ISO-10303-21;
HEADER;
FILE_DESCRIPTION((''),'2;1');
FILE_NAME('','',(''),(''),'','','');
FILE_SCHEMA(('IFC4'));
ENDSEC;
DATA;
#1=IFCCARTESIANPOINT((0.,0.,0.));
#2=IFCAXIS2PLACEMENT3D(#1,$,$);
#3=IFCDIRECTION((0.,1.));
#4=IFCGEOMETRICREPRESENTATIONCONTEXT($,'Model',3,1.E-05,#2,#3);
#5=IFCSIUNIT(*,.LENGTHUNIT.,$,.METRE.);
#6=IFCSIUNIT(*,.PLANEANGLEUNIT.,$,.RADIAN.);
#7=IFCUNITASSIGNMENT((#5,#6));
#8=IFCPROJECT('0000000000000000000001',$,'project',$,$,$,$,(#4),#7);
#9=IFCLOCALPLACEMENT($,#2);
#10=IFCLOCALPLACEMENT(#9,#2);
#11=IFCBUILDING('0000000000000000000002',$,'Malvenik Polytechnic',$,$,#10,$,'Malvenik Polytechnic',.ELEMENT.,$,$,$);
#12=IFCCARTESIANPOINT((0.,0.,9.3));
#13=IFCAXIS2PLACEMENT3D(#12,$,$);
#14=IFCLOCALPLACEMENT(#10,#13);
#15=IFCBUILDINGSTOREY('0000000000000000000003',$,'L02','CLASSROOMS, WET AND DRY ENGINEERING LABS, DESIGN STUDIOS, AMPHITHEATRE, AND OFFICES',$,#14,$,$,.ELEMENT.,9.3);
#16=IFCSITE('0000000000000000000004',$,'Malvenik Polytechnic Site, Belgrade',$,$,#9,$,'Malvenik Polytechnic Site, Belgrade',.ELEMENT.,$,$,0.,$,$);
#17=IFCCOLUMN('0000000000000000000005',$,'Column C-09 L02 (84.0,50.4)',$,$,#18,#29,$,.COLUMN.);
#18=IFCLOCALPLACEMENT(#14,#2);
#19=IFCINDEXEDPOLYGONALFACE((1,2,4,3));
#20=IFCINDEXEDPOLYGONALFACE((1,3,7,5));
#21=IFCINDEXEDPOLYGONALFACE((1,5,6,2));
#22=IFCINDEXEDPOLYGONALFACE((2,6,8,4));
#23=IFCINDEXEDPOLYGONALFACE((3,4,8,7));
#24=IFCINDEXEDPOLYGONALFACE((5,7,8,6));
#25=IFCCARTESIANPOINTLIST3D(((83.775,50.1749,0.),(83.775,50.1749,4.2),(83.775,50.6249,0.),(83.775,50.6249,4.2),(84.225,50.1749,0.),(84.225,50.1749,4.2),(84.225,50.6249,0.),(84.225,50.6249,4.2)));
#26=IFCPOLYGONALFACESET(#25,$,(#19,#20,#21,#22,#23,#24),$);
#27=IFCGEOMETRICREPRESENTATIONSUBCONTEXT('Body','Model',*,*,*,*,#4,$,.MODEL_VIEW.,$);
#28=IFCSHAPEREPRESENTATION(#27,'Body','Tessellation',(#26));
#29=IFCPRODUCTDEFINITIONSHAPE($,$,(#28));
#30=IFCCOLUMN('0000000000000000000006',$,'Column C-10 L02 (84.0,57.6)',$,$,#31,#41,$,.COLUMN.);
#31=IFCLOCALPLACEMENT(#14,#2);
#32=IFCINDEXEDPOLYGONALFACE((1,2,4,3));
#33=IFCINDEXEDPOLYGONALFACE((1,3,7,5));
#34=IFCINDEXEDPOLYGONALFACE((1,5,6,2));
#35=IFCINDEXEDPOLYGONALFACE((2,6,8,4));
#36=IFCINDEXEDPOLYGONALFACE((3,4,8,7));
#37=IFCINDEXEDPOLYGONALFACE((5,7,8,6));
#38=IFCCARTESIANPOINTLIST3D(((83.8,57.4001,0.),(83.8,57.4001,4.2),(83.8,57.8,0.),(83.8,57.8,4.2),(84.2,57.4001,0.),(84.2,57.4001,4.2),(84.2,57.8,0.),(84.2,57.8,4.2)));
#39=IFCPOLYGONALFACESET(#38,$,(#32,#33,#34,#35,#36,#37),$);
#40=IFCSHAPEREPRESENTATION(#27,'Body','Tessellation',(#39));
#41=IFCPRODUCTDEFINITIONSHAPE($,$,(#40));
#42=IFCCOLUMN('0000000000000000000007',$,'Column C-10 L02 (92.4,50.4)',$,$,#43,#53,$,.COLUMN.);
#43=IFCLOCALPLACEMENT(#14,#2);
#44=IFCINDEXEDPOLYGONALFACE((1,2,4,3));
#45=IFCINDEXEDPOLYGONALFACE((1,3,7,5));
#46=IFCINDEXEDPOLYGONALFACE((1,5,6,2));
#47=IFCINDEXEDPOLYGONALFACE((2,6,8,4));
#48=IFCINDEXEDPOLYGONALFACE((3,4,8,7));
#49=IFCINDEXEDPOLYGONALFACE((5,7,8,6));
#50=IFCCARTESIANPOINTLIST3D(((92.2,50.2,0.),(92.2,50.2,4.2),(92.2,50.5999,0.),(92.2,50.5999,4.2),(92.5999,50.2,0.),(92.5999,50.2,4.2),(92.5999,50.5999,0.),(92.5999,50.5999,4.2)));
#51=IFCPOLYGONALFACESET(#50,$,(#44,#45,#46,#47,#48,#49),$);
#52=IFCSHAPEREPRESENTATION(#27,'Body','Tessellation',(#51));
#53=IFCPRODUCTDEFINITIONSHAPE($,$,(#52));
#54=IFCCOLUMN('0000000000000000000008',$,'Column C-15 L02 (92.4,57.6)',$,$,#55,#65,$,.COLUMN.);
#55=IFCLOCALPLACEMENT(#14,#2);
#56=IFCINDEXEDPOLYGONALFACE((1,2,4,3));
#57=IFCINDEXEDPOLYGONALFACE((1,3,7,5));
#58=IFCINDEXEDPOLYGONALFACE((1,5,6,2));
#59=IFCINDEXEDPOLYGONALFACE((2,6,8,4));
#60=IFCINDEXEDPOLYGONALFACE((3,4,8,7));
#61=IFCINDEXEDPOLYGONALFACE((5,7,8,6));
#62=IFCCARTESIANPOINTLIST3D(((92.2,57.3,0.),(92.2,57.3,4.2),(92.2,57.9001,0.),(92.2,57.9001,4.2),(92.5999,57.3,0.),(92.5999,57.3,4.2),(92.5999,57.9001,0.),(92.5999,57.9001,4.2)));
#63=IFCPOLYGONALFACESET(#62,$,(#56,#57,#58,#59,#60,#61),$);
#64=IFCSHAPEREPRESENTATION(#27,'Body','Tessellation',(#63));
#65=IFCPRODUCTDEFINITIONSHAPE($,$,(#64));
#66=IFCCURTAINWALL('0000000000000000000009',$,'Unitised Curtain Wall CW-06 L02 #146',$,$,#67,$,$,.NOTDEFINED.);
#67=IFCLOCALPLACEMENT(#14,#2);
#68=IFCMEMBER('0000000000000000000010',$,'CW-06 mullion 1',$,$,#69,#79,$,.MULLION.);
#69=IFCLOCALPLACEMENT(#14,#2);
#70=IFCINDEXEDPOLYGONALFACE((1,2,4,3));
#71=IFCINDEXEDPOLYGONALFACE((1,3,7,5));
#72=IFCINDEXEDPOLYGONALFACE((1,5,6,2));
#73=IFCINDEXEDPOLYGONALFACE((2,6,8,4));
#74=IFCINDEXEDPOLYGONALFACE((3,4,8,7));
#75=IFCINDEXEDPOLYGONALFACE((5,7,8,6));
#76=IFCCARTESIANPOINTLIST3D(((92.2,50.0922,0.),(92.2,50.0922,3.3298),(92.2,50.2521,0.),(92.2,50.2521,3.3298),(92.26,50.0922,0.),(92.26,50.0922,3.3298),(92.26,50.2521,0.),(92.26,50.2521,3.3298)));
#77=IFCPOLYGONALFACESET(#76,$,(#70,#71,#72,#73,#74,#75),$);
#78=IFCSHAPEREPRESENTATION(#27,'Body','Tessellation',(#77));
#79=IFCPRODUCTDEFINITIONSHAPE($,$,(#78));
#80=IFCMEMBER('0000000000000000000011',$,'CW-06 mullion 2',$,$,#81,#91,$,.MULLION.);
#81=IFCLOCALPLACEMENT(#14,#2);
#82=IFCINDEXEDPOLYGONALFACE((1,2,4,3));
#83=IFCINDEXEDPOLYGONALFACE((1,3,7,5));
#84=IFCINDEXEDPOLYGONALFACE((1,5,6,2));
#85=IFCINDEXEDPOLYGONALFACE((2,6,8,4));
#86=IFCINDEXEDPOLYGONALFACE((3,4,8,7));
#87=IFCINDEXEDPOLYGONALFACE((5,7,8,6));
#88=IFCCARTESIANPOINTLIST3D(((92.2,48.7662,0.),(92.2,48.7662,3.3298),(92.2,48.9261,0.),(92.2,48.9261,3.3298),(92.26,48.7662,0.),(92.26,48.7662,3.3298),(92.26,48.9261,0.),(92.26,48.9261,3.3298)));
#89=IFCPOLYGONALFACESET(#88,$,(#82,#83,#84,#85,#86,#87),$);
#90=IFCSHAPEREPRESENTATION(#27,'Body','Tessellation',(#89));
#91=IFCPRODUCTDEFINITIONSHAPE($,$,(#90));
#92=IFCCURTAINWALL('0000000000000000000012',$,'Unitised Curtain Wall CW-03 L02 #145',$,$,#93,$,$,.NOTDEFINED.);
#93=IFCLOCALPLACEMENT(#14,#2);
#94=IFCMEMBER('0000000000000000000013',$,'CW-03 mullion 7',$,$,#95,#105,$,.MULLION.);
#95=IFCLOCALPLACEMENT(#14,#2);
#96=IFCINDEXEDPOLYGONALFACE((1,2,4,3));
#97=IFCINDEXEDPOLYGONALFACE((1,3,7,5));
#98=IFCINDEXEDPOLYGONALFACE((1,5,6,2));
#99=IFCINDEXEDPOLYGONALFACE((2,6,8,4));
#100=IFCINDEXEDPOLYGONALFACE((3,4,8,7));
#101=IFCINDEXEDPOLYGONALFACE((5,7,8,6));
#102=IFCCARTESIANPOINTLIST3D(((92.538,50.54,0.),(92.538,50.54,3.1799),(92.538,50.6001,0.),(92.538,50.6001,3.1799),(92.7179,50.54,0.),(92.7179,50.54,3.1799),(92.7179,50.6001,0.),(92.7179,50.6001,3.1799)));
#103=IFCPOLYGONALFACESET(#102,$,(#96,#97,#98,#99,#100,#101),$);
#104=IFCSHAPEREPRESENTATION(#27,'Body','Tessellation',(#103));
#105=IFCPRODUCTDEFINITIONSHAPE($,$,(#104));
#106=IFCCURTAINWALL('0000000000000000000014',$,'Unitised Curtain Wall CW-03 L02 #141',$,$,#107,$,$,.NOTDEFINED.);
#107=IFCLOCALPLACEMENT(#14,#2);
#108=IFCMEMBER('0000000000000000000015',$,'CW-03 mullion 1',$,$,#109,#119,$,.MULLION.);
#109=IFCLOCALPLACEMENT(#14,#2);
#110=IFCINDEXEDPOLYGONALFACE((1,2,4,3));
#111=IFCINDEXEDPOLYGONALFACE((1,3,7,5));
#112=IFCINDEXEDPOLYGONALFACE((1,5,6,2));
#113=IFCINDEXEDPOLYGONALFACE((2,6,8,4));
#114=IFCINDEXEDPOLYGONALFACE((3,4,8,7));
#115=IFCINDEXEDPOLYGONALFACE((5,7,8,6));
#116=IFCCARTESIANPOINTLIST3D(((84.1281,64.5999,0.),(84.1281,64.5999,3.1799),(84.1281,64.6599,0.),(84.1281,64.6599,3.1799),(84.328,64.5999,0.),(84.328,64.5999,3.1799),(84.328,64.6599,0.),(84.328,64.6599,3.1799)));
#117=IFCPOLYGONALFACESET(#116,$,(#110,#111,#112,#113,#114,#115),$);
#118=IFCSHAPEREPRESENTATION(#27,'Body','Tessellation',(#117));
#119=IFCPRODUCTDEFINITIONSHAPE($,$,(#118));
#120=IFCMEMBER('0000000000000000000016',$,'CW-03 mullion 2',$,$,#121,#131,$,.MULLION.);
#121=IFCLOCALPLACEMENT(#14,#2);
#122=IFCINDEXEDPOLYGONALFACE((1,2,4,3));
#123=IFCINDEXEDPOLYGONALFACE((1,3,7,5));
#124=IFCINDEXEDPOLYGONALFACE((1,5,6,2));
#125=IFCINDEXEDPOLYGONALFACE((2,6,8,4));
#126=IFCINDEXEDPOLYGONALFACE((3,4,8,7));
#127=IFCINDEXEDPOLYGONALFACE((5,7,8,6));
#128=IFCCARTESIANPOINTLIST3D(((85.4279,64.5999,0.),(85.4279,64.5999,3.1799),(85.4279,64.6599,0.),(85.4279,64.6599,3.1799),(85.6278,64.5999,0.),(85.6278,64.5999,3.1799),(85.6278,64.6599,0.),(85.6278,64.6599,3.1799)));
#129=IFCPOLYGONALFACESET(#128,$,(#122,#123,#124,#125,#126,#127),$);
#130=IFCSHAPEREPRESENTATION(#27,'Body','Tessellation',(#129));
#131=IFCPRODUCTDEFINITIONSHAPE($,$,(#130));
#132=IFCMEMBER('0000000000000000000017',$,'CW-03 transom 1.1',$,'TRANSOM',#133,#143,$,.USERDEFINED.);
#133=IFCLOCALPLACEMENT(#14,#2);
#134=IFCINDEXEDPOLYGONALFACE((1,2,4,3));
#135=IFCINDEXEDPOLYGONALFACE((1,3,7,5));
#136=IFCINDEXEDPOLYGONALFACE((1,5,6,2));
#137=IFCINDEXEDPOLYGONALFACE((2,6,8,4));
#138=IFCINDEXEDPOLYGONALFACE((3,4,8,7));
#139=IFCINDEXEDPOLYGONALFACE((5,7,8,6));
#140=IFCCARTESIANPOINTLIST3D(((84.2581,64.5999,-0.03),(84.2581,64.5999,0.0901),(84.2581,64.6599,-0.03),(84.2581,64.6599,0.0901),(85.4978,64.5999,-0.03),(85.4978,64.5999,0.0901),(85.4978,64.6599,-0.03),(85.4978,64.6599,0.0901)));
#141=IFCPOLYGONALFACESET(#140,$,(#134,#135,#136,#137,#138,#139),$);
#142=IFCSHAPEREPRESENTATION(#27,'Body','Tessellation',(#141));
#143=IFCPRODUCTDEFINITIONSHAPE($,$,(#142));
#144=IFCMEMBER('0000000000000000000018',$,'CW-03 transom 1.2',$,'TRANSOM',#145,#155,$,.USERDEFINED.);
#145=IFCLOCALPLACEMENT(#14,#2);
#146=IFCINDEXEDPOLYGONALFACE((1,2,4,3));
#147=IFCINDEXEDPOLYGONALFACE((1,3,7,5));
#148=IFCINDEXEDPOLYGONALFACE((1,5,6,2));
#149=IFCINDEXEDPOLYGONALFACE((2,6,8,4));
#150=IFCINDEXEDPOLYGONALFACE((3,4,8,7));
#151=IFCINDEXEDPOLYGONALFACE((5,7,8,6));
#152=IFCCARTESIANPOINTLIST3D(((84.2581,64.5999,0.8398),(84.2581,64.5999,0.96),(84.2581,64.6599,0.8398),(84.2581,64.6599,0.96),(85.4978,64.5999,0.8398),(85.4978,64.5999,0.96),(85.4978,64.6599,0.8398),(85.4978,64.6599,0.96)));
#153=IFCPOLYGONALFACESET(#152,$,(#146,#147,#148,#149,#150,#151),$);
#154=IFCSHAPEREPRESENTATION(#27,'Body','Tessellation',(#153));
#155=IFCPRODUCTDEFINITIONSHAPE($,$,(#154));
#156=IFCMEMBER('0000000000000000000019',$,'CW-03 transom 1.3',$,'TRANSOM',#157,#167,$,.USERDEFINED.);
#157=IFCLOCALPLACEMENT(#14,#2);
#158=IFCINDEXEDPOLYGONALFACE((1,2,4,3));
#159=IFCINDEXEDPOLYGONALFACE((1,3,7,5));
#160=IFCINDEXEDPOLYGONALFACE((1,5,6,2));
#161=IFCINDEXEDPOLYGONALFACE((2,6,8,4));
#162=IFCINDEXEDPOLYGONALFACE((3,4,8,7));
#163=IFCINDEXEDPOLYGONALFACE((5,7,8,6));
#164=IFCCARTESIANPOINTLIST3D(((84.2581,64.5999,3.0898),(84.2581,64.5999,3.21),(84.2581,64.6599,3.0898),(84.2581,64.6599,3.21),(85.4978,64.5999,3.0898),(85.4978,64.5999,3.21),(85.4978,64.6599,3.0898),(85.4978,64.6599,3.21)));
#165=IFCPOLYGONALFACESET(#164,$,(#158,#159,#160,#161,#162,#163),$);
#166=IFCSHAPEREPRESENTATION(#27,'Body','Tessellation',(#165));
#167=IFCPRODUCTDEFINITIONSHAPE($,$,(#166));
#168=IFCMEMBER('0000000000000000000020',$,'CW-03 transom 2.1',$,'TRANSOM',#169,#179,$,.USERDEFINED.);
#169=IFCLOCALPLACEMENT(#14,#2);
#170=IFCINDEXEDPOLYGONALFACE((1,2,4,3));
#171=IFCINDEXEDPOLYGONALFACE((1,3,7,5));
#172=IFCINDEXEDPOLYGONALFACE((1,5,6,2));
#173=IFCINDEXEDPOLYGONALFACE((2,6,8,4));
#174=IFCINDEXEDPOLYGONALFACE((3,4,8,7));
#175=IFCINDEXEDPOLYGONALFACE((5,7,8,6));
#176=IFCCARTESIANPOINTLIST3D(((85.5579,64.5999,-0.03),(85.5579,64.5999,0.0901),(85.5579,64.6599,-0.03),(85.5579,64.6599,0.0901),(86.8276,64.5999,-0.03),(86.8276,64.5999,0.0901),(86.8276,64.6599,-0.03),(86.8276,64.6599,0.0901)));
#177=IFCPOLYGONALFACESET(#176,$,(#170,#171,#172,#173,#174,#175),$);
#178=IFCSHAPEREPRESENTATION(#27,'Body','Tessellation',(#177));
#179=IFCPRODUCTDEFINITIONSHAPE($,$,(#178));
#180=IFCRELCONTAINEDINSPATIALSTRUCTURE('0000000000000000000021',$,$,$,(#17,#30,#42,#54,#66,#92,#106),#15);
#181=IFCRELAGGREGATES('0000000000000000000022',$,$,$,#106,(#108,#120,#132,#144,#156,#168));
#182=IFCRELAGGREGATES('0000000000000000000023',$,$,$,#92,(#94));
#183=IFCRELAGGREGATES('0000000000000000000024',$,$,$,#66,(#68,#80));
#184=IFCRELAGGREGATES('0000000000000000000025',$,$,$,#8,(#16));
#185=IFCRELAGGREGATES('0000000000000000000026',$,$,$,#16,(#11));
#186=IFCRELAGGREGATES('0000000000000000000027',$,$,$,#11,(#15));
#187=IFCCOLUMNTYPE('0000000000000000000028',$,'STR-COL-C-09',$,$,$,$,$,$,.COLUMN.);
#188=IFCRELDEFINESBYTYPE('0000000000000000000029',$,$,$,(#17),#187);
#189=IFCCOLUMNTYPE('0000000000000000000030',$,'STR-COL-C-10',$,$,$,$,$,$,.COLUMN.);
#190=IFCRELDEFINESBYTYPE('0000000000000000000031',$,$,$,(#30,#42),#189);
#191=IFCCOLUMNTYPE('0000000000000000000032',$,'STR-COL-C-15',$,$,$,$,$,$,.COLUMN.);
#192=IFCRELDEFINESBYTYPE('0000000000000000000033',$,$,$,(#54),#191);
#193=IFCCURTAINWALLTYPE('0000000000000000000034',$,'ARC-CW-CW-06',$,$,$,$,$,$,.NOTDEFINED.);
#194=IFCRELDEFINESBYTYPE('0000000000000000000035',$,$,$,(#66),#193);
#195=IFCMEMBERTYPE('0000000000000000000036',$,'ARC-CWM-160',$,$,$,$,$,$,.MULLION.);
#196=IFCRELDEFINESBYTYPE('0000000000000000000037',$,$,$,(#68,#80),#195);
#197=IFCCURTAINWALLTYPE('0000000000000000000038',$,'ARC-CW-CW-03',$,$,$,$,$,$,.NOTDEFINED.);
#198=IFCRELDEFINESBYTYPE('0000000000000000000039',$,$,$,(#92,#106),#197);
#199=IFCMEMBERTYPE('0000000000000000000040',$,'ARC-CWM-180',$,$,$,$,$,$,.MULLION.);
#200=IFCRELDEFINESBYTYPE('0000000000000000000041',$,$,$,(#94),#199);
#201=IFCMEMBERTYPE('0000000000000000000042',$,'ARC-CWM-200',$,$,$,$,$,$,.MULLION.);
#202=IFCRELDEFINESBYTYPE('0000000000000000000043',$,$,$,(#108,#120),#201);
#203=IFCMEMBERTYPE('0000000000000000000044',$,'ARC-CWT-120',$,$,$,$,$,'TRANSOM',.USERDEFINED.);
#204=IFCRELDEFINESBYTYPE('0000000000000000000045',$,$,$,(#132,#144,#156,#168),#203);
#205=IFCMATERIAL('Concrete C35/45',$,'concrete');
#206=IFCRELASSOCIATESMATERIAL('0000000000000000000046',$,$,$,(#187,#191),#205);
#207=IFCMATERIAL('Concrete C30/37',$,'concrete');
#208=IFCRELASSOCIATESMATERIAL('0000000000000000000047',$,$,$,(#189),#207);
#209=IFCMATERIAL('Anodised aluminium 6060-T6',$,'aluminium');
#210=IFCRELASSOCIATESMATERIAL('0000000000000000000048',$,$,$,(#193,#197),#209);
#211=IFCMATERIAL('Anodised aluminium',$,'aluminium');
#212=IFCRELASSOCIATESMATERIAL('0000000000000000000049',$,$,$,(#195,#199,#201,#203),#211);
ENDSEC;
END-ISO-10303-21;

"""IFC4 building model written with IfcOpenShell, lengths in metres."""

from ifc_helpers import new_model, si_unit, direction, frame, origin, origin_2d, place, context, subcontext, project, spatial, rectangle, extrude, material, material_profile, profile_set, type_object, element, aggregate, save


model = new_model("IFC4")

# Units and contexts
model_context = context("Model", 3, precision=1e-05, world=origin(), true_north=direction((0.0, 1.0)))
body_context = subcontext(model_context, "Body", "Model", "MODEL_VIEW")
ifc_project = project(units=[si_unit("LENGTHUNIT", "METRE"), si_unit("PLANEANGLEUNIT", "RADIAN")], contexts=[model_context])

# Site, building, storey
site_placement = place(None, origin())
site = spatial("IfcSite", under=ifc_project, at=site_placement, Name="Malvenik Polytechnic Site, Belgrade", LongName="Malvenik Polytechnic Site, Belgrade", CompositionType="ELEMENT", RefElevation=0.0)
building_placement = place(site_placement, origin())
building = spatial("IfcBuilding", under=site, at=building_placement, Name="Malvenik Polytechnic", LongName="Malvenik Polytechnic", CompositionType="ELEMENT")
storey_placement = place(building_placement, frame((0.0, 0.0, 9.3)))
storey = spatial("IfcBuildingStorey", under=building, at=storey_placement, Name="L02", Description="CLASSROOMS, WET AND DRY ENGINEERING LABS, DESIGN STUDIOS, AMPHITHEATRE, AND OFFICES", CompositionType="ELEMENT", Elevation=9.3)

# Columns
ifc_material_1 = material(Name="Concrete C35/45", Category="concrete")
ifc_material_profile_1 = material_profile(ifc_material_1, rectangle(XDim=0.45, YDim=0.45, at=origin_2d()), Name="RC COL 450x450")
ifc_profile_set_1 = profile_set([ifc_material_profile_1], Name="Concrete C35/45")
column_type_1 = type_object("IfcColumnType", Name="STR-COL-C-09", PredefinedType="COLUMN", material=ifc_profile_set_1)
column_1_placement = place(storey_placement, frame((84.0, 50.3999, 0.0), z_axis=(0.0, 0.0, 1.0), x_axis=(1.0, 0.0, 0.0)))
element("IfcColumn", 1, at=column_1_placement, inside=storey, type_object=column_type_1, Name="Column C-09 L02 (84.0,50.4)", PredefinedType="COLUMN", context=body_context, shape_type="SweptSolid", body=[
    extrude(rectangle(XDim=0.45, YDim=0.45, at=origin_2d()), origin(), (0.0, 0.0, 1.0), 4.2),
])
ifc_material_2 = material(Name="Concrete C30/37", Category="concrete")
ifc_material_profile_2 = material_profile(ifc_material_2, rectangle(XDim=0.3999, YDim=0.3999, at=origin_2d()), Name="RC COL 400x400")
ifc_profile_set_2 = profile_set([ifc_material_profile_2], Name="Concrete C30/37")
column_type_2 = type_object("IfcColumnType", Name="STR-COL-C-10", PredefinedType="COLUMN", material=ifc_profile_set_2)
for number, where, z_axis, x_axis, name in (
    (2, (84.0, 57.6001, 0.0), (0.0, 0.0, 1.0), (1.0, 0.0, 0.0), "Column C-10 L02 (84.0,57.6)"),
    (3, (92.3999, 50.3999, 0.0), (0.0, 0.0, 1.0), (1.0, 0.0, 0.0), "Column C-10 L02 (92.4,50.4)"),
):
    element("IfcColumn", number, at=place(storey_placement, frame(where, z_axis=z_axis, x_axis=x_axis)), inside=storey, type_object=column_type_2, Name=name, PredefinedType="COLUMN", context=body_context, shape_type="SweptSolid", body=[
        extrude(rectangle(XDim=0.3999, YDim=0.3999, at=origin_2d()), origin(), (0.0, 0.0, 1.0), 4.2),
    ])
ifc_material_profile_3 = material_profile(ifc_material_1, rectangle(XDim=0.3999, YDim=0.6001, at=origin_2d()), Name="RC COL 600x400")
ifc_profile_set_3 = profile_set([ifc_material_profile_3], Name="Concrete C35/45")
column_type_3 = type_object("IfcColumnType", Name="STR-COL-C-15", PredefinedType="COLUMN", material=ifc_profile_set_3)
column_2_placement = place(storey_placement, frame((92.3999, 57.6001, 0.0), z_axis=(0.0, 0.0, 1.0), x_axis=(1.0, 0.0, 0.0)))
element("IfcColumn", 4, at=column_2_placement, inside=storey, type_object=column_type_3, Name="Column C-15 L02 (92.4,57.6)", PredefinedType="COLUMN", context=body_context, shape_type="SweptSolid", body=[
    extrude(rectangle(XDim=0.3999, YDim=0.6001, at=origin_2d()), origin(), (0.0, 0.0, 1.0), 4.2),
])

# Curtain wall, members
ifc_material_3 = material(Name="Anodised aluminium 6060-T6", Category="aluminium")
curtain_wall_type_1 = type_object("IfcCurtainWallType", Name="ARC-CW-CW-06", PredefinedType="NOTDEFINED", material=ifc_material_3)
curtain_wall_1_placement = place(storey_placement, origin())
curtain_wall_1 = element("IfcCurtainWall", 5, at=curtain_wall_1_placement, inside=storey, type_object=curtain_wall_type_1, Name="Unitised Curtain Wall CW-06 L02 #146", PredefinedType="NOTDEFINED")
ifc_material_4 = material(Name="Anodised aluminium", Category="aluminium")
ifc_material_profile_4 = material_profile(ifc_material_4, rectangle(XDim=0.0601, YDim=0.1599, at=origin_2d()), Name="ALU MULLION 60x160")
ifc_profile_set_4 = profile_set([ifc_material_profile_4], Name="Anodised aluminium")
member_type_1 = type_object("IfcMemberType", Name="ARC-CWM-160", PredefinedType="MULLION", material=ifc_profile_set_4)
member_1_placement = place(storey_placement, frame((92.23, 50.1721, 0.0), z_axis=(0.0, 0.0, 1.0), x_axis=(1.0, 0.0, 0.0)))
member_1 = element("IfcMember", 6, at=member_1_placement, type_object=member_type_1, Name="CW-06 mullion 1", PredefinedType="MULLION", context=body_context, shape_type="SweptSolid", body=[
    extrude(rectangle(XDim=0.0601, YDim=0.1599, at=origin_2d()), origin(), (0.0, 0.0, 1.0), 3.3298),
])
member_2_placement = place(storey_placement, frame((92.23, 48.8462, 0.0), z_axis=(0.0, 0.0, 1.0), x_axis=(1.0, 0.0, 0.0)))
member_2 = element("IfcMember", 7, at=member_2_placement, type_object=member_type_1, Name="CW-06 mullion 2", PredefinedType="MULLION", context=body_context, shape_type="SweptSolid", body=[
    extrude(rectangle(XDim=0.0601, YDim=0.1599, at=origin_2d()), origin(), (0.0, 0.0, 1.0), 3.3298),
])

# Curtain wall, member
curtain_wall_type_2 = type_object("IfcCurtainWallType", Name="ARC-CW-CW-03", PredefinedType="NOTDEFINED", material=ifc_material_3)
curtain_wall_2_placement = place(storey_placement, origin())
curtain_wall_2 = element("IfcCurtainWall", 8, at=curtain_wall_2_placement, inside=storey, type_object=curtain_wall_type_2, Name="Unitised Curtain Wall CW-03 L02 #145", PredefinedType="NOTDEFINED")
ifc_material_profile_5 = material_profile(ifc_material_4, rectangle(XDim=0.0601, YDim=0.1799, at=origin_2d()), Name="ALU MULLION 60x180")
ifc_profile_set_5 = profile_set([ifc_material_profile_5], Name="Anodised aluminium")
member_type_2 = type_object("IfcMemberType", Name="ARC-CWM-180", PredefinedType="MULLION", material=ifc_profile_set_5)
member_3_placement = place(storey_placement, frame((92.6279, 50.5701, 0.0), z_axis=(0.0, 0.0, 1.0), x_axis=(0.0, -1.0, 0.0)))
member_3 = element("IfcMember", 9, at=member_3_placement, type_object=member_type_2, Name="CW-03 mullion 7", PredefinedType="MULLION", context=body_context, shape_type="SweptSolid", body=[
    extrude(rectangle(XDim=0.0601, YDim=0.1799, at=origin_2d()), origin(), (0.0, 0.0, 1.0), 3.1799),
])

# Curtain wall, members
curtain_wall_3_placement = place(storey_placement, origin())
curtain_wall_3 = element("IfcCurtainWall", 10, at=curtain_wall_3_placement, inside=storey, type_object=curtain_wall_type_2, Name="Unitised Curtain Wall CW-03 L02 #141", PredefinedType="NOTDEFINED")
ifc_material_profile_6 = material_profile(ifc_material_4, rectangle(XDim=0.0601, YDim=0.2, at=origin_2d()), Name="ALU MULLION 60x200")
ifc_profile_set_6 = profile_set([ifc_material_profile_6], Name="Anodised aluminium")
member_type_3 = type_object("IfcMemberType", Name="ARC-CWM-200", PredefinedType="MULLION", material=ifc_profile_set_6)
member_4_placement = place(storey_placement, frame((84.228, 64.6299, 0.0), z_axis=(0.0, 0.0, 1.0), x_axis=(0.0, 1.0, 0.0)))
member_4 = element("IfcMember", 11, at=member_4_placement, type_object=member_type_3, Name="CW-03 mullion 1", PredefinedType="MULLION", context=body_context, shape_type="SweptSolid", body=[
    extrude(rectangle(XDim=0.0601, YDim=0.2, at=origin_2d()), origin(), (0.0, 0.0, 1.0), 3.1799),
])
member_5_placement = place(storey_placement, frame((85.5278, 64.6299, 0.0), z_axis=(0.0, 0.0, 1.0), x_axis=(0.0, 1.0, 0.0)))
member_5 = element("IfcMember", 12, at=member_5_placement, type_object=member_type_3, Name="CW-03 mullion 2", PredefinedType="MULLION", context=body_context, shape_type="SweptSolid", body=[
    extrude(rectangle(XDim=0.0601, YDim=0.2, at=origin_2d()), origin(), (0.0, 0.0, 1.0), 3.1799),
])
ifc_material_profile_7 = material_profile(ifc_material_4, rectangle(XDim=0.0601, YDim=0.1201, at=origin_2d()), Name="ALU TRANSOM 60x120")
ifc_profile_set_7 = profile_set([ifc_material_profile_7], Name="Anodised aluminium")
member_type_4 = type_object("IfcMemberType", Name="ARC-CWT-120", ElementType="TRANSOM", PredefinedType="USERDEFINED", material=ifc_profile_set_7)
member_6_placement = place(storey_placement, frame((84.2581, 64.6299, 0.03), z_axis=(1.0, 0.0, 0.0), x_axis=(0.0, 1.0, 0.0)))
member_6 = element("IfcMember", 13, at=member_6_placement, type_object=member_type_4, Name="CW-03 transom 1.1", ObjectType="TRANSOM", PredefinedType="USERDEFINED", context=body_context, shape_type="SweptSolid", body=[
    extrude(rectangle(XDim=0.0601, YDim=0.1201, at=origin_2d()), origin(), (0.0, 0.0, 1.0), 1.2397),
])
member_7_placement = place(storey_placement, frame((84.2581, 64.6299, 0.8999), z_axis=(1.0, 0.0, 0.0), x_axis=(0.0, 1.0, 0.0)))
member_7 = element("IfcMember", 14, at=member_7_placement, type_object=member_type_4, Name="CW-03 transom 1.2", ObjectType="TRANSOM", PredefinedType="USERDEFINED", context=body_context, shape_type="SweptSolid", body=[
    extrude(rectangle(XDim=0.0601, YDim=0.1201, at=origin_2d()), origin(), (0.0, 0.0, 1.0), 1.2397),
])
member_8_placement = place(storey_placement, frame((84.2581, 64.6299, 3.1499), z_axis=(1.0, 0.0, 0.0), x_axis=(0.0, 1.0, 0.0)))
member_8 = element("IfcMember", 15, at=member_8_placement, type_object=member_type_4, Name="CW-03 transom 1.3", ObjectType="TRANSOM", PredefinedType="USERDEFINED", context=body_context, shape_type="SweptSolid", body=[
    extrude(rectangle(XDim=0.0601, YDim=0.1201, at=origin_2d()), origin(), (0.0, 0.0, 1.0), 1.2397),
])
member_9_placement = place(storey_placement, frame((85.5579, 64.6299, 0.03), z_axis=(1.0, 0.0, 0.0), x_axis=(0.0, 1.0, 0.0)))
member_9 = element("IfcMember", 16, at=member_9_placement, type_object=member_type_4, Name="CW-03 transom 2.1", ObjectType="TRANSOM", PredefinedType="USERDEFINED", context=body_context, shape_type="SweptSolid", body=[
    extrude(rectangle(XDim=0.0601, YDim=0.1201, at=origin_2d()), origin(), (0.0, 0.0, 1.0), 1.2698),
])

aggregate(curtain_wall_3, [member_4, member_5, member_6, member_7, member_8, member_9])
aggregate(curtain_wall_2, [member_3])
aggregate(curtain_wall_1, [member_1, member_2])

save(model, "model.ifc")
